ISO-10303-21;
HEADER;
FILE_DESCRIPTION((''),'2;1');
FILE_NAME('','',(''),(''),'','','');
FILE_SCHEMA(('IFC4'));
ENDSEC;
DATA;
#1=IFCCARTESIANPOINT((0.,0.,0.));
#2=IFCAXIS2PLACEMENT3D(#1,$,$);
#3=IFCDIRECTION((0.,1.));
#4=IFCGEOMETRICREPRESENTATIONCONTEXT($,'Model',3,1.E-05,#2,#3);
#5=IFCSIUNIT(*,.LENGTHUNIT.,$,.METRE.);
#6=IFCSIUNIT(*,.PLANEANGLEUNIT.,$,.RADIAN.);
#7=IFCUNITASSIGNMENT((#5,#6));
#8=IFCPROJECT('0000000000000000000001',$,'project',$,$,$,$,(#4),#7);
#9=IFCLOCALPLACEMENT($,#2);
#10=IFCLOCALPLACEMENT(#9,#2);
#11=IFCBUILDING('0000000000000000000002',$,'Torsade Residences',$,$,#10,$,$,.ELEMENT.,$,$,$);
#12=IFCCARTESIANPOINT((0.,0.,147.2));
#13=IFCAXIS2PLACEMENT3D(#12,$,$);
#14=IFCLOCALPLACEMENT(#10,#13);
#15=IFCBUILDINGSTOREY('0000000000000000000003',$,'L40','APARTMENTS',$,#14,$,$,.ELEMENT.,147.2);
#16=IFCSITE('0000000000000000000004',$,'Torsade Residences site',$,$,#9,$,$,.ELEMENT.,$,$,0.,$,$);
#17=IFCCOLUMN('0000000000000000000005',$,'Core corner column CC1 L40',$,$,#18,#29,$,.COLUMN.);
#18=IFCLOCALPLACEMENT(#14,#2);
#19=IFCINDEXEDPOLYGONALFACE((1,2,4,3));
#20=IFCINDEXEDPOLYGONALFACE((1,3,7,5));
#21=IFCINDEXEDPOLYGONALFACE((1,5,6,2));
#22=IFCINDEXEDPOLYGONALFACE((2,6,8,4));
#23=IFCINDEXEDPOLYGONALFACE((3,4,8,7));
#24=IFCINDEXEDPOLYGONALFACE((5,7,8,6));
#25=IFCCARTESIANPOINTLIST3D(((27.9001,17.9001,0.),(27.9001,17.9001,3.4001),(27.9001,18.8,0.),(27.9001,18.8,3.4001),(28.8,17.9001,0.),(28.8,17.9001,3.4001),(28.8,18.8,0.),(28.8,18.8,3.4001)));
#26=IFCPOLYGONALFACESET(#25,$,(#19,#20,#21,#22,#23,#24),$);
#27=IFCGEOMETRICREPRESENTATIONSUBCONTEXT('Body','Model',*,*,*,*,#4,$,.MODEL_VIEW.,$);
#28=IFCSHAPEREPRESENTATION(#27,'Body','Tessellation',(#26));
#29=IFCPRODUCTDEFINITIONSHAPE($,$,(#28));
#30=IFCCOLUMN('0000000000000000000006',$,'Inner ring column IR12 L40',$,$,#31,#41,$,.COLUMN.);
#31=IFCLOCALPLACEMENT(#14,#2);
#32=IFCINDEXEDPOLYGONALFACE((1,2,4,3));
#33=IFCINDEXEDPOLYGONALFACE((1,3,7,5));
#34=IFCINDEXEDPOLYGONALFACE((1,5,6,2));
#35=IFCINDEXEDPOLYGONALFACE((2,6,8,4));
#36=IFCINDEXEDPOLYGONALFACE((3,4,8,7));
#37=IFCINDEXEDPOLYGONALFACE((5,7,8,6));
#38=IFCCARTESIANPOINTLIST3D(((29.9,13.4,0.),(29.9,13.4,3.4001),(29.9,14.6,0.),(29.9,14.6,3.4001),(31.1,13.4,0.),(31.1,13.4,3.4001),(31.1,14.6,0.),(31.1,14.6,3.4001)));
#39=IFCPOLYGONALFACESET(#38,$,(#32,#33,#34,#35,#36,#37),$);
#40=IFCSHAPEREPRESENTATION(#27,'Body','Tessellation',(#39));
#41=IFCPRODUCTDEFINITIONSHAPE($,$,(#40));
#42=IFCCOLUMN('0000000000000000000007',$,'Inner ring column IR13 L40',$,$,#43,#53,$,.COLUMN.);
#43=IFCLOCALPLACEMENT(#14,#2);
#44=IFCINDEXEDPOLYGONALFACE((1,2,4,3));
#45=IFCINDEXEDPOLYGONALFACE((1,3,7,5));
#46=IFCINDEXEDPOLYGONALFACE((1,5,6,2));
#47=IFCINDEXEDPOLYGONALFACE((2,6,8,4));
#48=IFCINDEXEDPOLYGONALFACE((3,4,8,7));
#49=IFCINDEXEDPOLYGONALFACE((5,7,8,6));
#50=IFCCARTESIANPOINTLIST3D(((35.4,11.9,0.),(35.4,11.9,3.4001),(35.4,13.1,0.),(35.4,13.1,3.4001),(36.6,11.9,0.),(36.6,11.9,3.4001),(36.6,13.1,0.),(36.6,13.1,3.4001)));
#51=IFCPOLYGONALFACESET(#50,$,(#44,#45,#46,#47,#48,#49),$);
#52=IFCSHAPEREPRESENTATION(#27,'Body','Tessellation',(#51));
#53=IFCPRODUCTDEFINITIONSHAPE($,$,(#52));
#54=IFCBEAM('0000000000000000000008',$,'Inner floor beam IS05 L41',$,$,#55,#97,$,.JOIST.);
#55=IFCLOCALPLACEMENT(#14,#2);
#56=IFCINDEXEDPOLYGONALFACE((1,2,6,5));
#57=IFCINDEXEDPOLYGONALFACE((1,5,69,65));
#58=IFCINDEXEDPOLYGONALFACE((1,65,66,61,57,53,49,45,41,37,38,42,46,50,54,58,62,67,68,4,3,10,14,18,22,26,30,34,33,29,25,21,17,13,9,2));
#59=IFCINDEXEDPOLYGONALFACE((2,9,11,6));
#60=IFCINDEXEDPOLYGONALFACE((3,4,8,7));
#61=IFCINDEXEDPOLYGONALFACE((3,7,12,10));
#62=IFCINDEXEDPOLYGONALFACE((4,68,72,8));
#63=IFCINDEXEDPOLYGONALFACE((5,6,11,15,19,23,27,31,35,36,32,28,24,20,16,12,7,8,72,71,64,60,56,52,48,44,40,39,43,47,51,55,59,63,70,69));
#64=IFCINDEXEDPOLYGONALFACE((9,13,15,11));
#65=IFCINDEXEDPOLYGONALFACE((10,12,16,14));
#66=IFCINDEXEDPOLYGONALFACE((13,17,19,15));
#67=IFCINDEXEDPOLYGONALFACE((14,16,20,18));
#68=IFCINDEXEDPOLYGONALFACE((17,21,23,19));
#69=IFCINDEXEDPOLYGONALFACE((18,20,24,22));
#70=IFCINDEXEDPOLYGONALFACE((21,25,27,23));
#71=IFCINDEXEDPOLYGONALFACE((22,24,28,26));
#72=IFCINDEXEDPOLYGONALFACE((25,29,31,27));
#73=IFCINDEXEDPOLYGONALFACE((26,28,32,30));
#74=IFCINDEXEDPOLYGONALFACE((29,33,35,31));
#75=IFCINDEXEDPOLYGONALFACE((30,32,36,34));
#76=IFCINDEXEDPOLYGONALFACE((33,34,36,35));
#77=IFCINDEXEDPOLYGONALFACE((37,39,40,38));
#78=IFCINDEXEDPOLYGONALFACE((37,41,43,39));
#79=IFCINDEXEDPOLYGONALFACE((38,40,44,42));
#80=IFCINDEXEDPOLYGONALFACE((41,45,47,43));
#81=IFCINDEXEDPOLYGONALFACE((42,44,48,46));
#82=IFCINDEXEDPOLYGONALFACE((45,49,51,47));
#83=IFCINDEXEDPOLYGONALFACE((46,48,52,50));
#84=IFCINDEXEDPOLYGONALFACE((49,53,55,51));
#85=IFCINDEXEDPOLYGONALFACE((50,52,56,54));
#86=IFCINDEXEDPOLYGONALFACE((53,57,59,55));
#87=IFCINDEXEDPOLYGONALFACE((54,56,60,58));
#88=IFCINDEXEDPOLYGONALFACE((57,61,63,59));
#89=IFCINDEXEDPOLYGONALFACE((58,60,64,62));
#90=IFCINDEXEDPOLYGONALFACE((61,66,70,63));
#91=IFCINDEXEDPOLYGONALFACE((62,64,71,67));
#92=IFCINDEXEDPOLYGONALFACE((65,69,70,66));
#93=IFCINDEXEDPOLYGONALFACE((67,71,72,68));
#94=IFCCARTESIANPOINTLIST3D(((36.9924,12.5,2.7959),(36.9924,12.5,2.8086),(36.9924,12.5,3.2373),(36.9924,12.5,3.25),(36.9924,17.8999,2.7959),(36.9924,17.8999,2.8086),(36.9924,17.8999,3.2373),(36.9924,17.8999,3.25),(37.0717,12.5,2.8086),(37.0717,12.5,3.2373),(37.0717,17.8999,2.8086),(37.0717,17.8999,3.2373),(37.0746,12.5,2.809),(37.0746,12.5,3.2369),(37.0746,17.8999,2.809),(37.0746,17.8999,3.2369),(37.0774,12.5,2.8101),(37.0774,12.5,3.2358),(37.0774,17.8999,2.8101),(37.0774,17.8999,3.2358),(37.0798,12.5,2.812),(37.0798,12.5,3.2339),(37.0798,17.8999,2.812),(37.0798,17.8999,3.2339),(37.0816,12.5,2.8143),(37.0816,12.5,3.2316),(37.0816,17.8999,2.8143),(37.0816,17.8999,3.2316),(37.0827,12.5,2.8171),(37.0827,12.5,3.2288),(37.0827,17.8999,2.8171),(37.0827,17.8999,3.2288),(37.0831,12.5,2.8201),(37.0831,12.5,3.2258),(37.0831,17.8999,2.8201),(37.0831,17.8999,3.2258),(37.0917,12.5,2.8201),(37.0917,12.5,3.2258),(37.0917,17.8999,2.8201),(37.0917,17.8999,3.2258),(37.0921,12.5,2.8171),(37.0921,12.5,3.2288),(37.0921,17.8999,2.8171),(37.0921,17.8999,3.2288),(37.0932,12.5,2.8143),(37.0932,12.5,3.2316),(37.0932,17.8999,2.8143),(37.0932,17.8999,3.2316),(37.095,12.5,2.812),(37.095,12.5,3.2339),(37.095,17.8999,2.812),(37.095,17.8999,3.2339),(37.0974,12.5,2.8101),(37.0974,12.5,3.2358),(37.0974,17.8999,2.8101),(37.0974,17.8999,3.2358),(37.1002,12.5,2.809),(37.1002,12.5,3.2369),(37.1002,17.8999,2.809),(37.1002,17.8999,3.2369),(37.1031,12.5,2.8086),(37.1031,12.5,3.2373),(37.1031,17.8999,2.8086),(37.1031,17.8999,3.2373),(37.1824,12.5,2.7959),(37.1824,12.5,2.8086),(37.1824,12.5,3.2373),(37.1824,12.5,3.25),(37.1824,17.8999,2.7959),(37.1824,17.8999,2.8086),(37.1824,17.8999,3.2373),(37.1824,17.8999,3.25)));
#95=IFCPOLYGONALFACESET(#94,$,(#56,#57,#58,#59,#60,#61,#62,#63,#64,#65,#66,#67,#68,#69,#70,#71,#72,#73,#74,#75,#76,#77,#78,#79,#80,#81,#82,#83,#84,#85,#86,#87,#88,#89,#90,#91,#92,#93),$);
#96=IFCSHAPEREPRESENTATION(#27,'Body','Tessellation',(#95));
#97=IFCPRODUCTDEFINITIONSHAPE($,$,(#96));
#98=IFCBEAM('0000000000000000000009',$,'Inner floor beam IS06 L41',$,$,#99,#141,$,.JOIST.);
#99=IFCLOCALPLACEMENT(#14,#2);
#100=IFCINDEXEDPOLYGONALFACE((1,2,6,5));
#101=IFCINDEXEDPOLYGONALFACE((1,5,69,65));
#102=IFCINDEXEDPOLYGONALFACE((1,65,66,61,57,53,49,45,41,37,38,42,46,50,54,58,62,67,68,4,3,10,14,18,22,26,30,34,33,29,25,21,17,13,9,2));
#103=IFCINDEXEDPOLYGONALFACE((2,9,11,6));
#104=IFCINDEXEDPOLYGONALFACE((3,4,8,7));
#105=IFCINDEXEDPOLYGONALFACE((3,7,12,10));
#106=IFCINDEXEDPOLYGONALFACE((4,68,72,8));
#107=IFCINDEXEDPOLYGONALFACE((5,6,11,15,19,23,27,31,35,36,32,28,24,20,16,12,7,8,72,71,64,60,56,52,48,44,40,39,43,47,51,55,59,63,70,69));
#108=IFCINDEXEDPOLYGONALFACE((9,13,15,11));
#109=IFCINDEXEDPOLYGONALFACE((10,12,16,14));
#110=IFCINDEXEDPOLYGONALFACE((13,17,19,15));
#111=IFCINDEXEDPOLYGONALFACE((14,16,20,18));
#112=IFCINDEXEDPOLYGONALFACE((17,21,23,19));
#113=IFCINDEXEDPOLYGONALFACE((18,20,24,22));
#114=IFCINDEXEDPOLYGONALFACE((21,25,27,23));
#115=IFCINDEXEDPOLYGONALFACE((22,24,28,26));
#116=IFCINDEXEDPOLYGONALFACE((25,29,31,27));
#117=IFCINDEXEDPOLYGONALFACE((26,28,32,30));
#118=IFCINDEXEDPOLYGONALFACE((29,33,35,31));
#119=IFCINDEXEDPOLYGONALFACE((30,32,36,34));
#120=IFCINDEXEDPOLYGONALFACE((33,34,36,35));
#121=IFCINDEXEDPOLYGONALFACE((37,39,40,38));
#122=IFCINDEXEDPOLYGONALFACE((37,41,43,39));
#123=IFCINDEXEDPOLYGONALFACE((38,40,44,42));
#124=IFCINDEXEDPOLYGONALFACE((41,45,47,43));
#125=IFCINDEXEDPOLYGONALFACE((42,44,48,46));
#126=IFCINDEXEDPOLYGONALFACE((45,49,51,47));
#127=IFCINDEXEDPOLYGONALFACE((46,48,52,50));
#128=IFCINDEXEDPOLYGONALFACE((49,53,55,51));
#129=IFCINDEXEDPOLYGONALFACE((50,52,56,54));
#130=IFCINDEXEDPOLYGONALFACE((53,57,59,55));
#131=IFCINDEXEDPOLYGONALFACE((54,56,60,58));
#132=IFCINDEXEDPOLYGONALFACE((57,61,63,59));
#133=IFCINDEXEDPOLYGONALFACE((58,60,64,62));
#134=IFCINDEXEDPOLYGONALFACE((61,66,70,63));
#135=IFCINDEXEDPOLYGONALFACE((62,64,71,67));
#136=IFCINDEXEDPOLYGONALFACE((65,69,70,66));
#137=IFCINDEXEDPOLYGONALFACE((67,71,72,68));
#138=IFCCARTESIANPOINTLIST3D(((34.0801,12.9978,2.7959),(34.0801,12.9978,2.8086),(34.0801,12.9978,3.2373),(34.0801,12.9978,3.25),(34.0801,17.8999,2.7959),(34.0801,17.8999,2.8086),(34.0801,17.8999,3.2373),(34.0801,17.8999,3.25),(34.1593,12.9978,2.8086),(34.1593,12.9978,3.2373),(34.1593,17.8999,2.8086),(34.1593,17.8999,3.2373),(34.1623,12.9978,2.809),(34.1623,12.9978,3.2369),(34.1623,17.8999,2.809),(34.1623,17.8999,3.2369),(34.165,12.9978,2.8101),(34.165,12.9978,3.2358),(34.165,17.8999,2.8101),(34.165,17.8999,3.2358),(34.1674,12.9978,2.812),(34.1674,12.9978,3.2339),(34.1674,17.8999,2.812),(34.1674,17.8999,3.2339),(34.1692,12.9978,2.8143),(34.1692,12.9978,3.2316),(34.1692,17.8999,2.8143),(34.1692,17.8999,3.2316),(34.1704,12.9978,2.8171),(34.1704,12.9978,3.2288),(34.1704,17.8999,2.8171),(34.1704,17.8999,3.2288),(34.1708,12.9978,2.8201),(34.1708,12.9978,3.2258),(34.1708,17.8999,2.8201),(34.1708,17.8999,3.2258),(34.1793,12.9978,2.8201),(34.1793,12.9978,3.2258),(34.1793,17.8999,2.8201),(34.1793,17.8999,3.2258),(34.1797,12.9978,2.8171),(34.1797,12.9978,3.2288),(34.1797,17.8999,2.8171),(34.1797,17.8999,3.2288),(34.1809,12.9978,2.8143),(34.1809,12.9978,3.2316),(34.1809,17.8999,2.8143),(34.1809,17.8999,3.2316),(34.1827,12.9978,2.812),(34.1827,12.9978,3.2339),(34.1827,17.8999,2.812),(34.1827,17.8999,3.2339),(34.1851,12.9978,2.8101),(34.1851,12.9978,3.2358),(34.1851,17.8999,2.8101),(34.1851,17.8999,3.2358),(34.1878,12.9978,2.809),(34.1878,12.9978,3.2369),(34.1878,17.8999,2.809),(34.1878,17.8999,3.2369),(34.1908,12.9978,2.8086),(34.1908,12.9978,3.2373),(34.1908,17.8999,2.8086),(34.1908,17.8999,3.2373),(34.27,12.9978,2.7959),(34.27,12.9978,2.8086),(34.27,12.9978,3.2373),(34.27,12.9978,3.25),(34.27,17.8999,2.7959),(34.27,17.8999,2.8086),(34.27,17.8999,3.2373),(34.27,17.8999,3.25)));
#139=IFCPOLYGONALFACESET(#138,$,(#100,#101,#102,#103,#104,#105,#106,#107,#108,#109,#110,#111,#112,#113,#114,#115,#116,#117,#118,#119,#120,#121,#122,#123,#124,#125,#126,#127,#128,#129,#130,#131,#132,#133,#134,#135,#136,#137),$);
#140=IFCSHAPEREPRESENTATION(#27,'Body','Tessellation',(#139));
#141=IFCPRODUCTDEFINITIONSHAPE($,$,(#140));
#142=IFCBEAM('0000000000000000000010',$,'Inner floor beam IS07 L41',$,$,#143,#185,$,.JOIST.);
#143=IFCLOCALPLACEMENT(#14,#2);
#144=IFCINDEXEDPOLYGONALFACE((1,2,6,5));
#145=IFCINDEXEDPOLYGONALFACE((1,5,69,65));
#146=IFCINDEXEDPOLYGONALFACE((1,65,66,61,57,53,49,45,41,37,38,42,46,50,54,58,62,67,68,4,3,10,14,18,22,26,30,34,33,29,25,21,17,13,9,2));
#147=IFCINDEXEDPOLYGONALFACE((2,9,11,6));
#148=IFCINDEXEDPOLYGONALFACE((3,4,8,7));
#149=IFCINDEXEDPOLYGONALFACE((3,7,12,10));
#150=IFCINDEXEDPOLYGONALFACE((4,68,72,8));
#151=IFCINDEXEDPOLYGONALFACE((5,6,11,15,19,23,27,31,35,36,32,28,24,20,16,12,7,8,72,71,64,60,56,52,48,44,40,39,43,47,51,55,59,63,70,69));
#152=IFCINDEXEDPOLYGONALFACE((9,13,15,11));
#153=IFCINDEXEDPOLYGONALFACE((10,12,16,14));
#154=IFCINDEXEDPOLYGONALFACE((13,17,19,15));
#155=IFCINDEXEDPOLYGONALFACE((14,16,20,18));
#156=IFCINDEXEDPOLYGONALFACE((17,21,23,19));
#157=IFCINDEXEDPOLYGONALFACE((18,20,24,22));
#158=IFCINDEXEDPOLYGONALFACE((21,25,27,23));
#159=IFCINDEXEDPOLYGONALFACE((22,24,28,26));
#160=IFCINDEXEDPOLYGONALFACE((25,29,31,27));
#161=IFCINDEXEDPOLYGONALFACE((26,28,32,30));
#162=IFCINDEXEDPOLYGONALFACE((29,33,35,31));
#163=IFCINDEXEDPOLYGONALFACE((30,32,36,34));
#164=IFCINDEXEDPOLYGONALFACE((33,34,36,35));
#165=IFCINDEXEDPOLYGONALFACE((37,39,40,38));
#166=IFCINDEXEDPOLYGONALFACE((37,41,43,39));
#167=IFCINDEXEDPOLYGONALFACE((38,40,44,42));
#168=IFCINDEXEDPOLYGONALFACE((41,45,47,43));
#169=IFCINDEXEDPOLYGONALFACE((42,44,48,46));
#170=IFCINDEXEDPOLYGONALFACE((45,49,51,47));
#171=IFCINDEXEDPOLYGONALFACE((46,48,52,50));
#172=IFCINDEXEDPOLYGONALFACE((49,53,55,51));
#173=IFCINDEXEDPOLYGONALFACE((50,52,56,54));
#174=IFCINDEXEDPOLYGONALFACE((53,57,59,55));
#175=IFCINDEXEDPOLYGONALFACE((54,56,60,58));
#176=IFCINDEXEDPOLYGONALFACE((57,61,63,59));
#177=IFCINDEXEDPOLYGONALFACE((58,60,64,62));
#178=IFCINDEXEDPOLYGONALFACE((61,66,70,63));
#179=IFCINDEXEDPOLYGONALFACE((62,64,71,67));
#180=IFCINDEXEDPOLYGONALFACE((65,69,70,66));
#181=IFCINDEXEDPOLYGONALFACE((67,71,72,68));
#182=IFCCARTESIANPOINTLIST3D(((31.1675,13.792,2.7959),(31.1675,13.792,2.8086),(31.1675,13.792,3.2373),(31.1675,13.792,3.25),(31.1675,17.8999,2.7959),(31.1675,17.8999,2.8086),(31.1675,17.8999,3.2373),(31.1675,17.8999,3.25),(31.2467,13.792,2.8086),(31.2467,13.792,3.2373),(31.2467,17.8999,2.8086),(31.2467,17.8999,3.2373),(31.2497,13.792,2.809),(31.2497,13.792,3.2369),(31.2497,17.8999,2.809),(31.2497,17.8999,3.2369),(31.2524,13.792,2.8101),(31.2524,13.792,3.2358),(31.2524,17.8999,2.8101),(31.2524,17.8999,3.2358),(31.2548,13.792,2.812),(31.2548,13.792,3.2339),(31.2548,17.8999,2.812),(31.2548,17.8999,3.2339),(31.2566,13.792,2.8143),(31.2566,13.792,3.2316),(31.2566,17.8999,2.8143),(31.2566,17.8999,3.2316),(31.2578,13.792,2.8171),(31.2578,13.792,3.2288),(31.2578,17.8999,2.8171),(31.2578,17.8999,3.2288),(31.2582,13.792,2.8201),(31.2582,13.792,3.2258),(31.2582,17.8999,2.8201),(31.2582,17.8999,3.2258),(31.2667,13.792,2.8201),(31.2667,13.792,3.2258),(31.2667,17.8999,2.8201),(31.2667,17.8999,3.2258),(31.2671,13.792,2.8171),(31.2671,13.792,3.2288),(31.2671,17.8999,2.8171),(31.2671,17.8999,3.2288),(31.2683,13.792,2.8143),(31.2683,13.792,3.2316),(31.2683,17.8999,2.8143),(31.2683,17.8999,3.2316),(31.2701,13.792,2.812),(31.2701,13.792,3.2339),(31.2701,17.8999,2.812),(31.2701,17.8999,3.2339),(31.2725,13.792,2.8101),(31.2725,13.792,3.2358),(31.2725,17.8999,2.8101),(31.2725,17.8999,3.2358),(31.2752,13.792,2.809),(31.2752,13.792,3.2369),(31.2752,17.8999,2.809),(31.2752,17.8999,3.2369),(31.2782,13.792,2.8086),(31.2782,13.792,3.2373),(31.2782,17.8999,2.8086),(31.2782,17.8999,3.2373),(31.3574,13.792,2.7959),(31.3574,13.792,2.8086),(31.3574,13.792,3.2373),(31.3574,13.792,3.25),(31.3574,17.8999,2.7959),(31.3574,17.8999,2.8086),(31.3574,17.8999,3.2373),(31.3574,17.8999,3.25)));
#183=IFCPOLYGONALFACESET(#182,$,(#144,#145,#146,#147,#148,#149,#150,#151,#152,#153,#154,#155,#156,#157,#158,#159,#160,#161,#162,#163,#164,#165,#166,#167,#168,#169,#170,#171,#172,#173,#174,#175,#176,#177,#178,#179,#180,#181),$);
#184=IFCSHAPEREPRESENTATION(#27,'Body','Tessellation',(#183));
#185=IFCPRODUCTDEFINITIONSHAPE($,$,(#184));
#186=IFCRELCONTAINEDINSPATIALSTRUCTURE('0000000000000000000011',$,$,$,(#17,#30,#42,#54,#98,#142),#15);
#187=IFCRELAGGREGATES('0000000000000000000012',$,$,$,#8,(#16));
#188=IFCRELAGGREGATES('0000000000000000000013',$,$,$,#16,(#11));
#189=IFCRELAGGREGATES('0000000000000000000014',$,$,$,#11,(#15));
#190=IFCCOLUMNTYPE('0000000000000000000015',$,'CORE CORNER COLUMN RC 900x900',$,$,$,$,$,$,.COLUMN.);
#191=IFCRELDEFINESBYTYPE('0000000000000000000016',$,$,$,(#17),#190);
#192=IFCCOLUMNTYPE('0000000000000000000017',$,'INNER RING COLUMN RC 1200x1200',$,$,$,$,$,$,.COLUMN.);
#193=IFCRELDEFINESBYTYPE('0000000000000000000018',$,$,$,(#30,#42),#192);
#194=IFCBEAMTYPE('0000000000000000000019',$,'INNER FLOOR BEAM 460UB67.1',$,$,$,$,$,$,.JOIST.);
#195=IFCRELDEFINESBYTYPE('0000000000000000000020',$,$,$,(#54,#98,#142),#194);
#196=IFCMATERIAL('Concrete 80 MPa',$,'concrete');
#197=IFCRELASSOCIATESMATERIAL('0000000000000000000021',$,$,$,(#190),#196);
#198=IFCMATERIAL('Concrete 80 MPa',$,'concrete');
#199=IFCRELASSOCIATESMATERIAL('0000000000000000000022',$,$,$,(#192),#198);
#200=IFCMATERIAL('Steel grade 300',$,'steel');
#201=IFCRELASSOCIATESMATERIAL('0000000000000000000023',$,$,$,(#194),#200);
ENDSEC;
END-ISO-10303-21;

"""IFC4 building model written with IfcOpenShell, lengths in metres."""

from ifc_helpers import new_model, si_unit, direction, frame, origin, origin_2d, place, context, subcontext, project, spatial, rectangle, i_section, extrude, material, material_profile, profile_set, type_object, element, save


model = new_model("IFC4")

# Units and contexts
model_context = context("Model", 3, precision=1e-05, world=origin(), true_north=direction((0.0, 1.0)))
body_context = subcontext(model_context, "Body", "Model", "MODEL_VIEW")
ifc_project = project(units=[si_unit("LENGTHUNIT", "METRE"), si_unit("PLANEANGLEUNIT", "RADIAN")], contexts=[model_context])

# Site, building, storey
site_placement = place(None, origin())
site = spatial("IfcSite", under=ifc_project, at=site_placement, Name="Torsade Residences site", CompositionType="ELEMENT", RefElevation=0.0)
building_placement = place(site_placement, origin())
building = spatial("IfcBuilding", under=site, at=building_placement, Name="Torsade Residences", CompositionType="ELEMENT")
storey_placement = place(building_placement, frame((0.0, 0.0, 147.2)))
storey = spatial("IfcBuildingStorey", under=building, at=storey_placement, Name="L40", Description="APARTMENTS", CompositionType="ELEMENT", Elevation=147.2)

# Columns
ifc_material_1 = material(Name="Concrete 80 MPa", Category="concrete")
ifc_material_profile_1 = material_profile(ifc_material_1, rectangle(XDim=0.8999, YDim=0.8999, at=origin_2d()), Name="RC 900x900")
ifc_profile_set_1 = profile_set([ifc_material_profile_1], Name="Concrete 80 MPa")
column_type_1 = type_object("IfcColumnType", Name="CORE CORNER COLUMN RC 900x900", PredefinedType="COLUMN", material=ifc_profile_set_1)
column_placement = place(storey_placement, frame((28.3501, 18.3501, 0.0), z_axis=(0.0, 0.0, 1.0), x_axis=(1.0, 0.0, 0.0)))
element("IfcColumn", 1, at=column_placement, inside=storey, type_object=column_type_1, Name="Core corner column CC1 L40", PredefinedType="COLUMN", context=body_context, shape_type="SweptSolid", body=[
    extrude(rectangle(XDim=0.8999, YDim=0.8999, at=origin_2d()), origin(), (0.0, 0.0, 1.0), 3.4001),
])
ifc_material_2 = material(Name="Concrete 80 MPa", Category="concrete")
ifc_material_profile_2 = material_profile(ifc_material_2, rectangle(XDim=1.2, YDim=1.2, at=origin_2d()), Name="RC 1200x1200")
ifc_profile_set_2 = profile_set([ifc_material_profile_2], Name="Concrete 80 MPa")
column_type_2 = type_object("IfcColumnType", Name="INNER RING COLUMN RC 1200x1200", PredefinedType="COLUMN", material=ifc_profile_set_2)
for number, where, z_axis, x_axis, name in (
    (2, (30.5, 14.0, 0.0), (0.0, 0.0, 1.0), (1.0, 0.0, 0.0), "Inner ring column IR12 L40"),
    (3, (36.0, 12.5, 0.0), (0.0, 0.0, 1.0), (1.0, 0.0, 0.0), "Inner ring column IR13 L40"),
):
    element("IfcColumn", number, at=place(storey_placement, frame(where, z_axis=z_axis, x_axis=x_axis)), inside=storey, type_object=column_type_2, Name=name, PredefinedType="COLUMN", context=body_context, shape_type="SweptSolid", body=[
        extrude(rectangle(XDim=1.2, YDim=1.2, at=origin_2d()), origin(), (0.0, 0.0, 1.0), 3.4001),
    ])

# Beams
ifc_material_3 = material(Name="Steel grade 300", Category="steel")
ifc_material_profile_3 = material_profile(ifc_material_3, i_section(OverallWidth=0.1899, OverallDepth=0.4541, WebThickness=0.0085, FlangeThickness=0.0127, FilletRadius=0.0115, at=origin_2d()), Name="460UB67.1")
ifc_profile_set_3 = profile_set([ifc_material_profile_3], Name="Steel grade 300")
beam_type_1 = type_object("IfcBeamType", Name="INNER FLOOR BEAM 460UB67.1", PredefinedType="JOIST", material=ifc_profile_set_3)
beam_1_placement = place(storey_placement, frame((37.0874, 17.8999, 3.0229), z_axis=(0.0, -1.0, 0.0), x_axis=(1.0, 0.0, 0.0)))
element("IfcBeam", 4, at=beam_1_placement, inside=storey, type_object=beam_type_1, Name="Inner floor beam IS05 L41", PredefinedType="JOIST", context=body_context, shape_type="SweptSolid", body=[
    extrude(i_section(OverallWidth=0.1899, OverallDepth=0.4541, WebThickness=0.0085, FlangeThickness=0.0127, FilletRadius=0.0115, at=origin_2d()), origin(), (0.0, 0.0, 1.0), 5.3999),
])
beam_2_placement = place(storey_placement, frame((34.175, 17.8999, 3.0229), z_axis=(0.0, -1.0, 0.0), x_axis=(1.0, 0.0, 0.0)))
element("IfcBeam", 5, at=beam_2_placement, inside=storey, type_object=beam_type_1, Name="Inner floor beam IS06 L41", PredefinedType="JOIST", context=body_context, shape_type="SweptSolid", body=[
    extrude(i_section(OverallWidth=0.1899, OverallDepth=0.4541, WebThickness=0.0085, FlangeThickness=0.0127, FilletRadius=0.0115, at=origin_2d()), origin(), (0.0, 0.0, 1.0), 4.9021),
])
beam_3_placement = place(storey_placement, frame((31.2625, 17.8999, 3.0229), z_axis=(0.0, -1.0, 0.0), x_axis=(1.0, 0.0, 0.0)))
element("IfcBeam", 6, at=beam_3_placement, inside=storey, type_object=beam_type_1, Name="Inner floor beam IS07 L41", PredefinedType="JOIST", context=body_context, shape_type="SweptSolid", body=[
    extrude(i_section(OverallWidth=0.1899, OverallDepth=0.4541, WebThickness=0.0085, FlangeThickness=0.0127, FilletRadius=0.0115, at=origin_2d()), origin(), (0.0, 0.0, 1.0), 4.1079),
])

save(model, "model.ifc")
